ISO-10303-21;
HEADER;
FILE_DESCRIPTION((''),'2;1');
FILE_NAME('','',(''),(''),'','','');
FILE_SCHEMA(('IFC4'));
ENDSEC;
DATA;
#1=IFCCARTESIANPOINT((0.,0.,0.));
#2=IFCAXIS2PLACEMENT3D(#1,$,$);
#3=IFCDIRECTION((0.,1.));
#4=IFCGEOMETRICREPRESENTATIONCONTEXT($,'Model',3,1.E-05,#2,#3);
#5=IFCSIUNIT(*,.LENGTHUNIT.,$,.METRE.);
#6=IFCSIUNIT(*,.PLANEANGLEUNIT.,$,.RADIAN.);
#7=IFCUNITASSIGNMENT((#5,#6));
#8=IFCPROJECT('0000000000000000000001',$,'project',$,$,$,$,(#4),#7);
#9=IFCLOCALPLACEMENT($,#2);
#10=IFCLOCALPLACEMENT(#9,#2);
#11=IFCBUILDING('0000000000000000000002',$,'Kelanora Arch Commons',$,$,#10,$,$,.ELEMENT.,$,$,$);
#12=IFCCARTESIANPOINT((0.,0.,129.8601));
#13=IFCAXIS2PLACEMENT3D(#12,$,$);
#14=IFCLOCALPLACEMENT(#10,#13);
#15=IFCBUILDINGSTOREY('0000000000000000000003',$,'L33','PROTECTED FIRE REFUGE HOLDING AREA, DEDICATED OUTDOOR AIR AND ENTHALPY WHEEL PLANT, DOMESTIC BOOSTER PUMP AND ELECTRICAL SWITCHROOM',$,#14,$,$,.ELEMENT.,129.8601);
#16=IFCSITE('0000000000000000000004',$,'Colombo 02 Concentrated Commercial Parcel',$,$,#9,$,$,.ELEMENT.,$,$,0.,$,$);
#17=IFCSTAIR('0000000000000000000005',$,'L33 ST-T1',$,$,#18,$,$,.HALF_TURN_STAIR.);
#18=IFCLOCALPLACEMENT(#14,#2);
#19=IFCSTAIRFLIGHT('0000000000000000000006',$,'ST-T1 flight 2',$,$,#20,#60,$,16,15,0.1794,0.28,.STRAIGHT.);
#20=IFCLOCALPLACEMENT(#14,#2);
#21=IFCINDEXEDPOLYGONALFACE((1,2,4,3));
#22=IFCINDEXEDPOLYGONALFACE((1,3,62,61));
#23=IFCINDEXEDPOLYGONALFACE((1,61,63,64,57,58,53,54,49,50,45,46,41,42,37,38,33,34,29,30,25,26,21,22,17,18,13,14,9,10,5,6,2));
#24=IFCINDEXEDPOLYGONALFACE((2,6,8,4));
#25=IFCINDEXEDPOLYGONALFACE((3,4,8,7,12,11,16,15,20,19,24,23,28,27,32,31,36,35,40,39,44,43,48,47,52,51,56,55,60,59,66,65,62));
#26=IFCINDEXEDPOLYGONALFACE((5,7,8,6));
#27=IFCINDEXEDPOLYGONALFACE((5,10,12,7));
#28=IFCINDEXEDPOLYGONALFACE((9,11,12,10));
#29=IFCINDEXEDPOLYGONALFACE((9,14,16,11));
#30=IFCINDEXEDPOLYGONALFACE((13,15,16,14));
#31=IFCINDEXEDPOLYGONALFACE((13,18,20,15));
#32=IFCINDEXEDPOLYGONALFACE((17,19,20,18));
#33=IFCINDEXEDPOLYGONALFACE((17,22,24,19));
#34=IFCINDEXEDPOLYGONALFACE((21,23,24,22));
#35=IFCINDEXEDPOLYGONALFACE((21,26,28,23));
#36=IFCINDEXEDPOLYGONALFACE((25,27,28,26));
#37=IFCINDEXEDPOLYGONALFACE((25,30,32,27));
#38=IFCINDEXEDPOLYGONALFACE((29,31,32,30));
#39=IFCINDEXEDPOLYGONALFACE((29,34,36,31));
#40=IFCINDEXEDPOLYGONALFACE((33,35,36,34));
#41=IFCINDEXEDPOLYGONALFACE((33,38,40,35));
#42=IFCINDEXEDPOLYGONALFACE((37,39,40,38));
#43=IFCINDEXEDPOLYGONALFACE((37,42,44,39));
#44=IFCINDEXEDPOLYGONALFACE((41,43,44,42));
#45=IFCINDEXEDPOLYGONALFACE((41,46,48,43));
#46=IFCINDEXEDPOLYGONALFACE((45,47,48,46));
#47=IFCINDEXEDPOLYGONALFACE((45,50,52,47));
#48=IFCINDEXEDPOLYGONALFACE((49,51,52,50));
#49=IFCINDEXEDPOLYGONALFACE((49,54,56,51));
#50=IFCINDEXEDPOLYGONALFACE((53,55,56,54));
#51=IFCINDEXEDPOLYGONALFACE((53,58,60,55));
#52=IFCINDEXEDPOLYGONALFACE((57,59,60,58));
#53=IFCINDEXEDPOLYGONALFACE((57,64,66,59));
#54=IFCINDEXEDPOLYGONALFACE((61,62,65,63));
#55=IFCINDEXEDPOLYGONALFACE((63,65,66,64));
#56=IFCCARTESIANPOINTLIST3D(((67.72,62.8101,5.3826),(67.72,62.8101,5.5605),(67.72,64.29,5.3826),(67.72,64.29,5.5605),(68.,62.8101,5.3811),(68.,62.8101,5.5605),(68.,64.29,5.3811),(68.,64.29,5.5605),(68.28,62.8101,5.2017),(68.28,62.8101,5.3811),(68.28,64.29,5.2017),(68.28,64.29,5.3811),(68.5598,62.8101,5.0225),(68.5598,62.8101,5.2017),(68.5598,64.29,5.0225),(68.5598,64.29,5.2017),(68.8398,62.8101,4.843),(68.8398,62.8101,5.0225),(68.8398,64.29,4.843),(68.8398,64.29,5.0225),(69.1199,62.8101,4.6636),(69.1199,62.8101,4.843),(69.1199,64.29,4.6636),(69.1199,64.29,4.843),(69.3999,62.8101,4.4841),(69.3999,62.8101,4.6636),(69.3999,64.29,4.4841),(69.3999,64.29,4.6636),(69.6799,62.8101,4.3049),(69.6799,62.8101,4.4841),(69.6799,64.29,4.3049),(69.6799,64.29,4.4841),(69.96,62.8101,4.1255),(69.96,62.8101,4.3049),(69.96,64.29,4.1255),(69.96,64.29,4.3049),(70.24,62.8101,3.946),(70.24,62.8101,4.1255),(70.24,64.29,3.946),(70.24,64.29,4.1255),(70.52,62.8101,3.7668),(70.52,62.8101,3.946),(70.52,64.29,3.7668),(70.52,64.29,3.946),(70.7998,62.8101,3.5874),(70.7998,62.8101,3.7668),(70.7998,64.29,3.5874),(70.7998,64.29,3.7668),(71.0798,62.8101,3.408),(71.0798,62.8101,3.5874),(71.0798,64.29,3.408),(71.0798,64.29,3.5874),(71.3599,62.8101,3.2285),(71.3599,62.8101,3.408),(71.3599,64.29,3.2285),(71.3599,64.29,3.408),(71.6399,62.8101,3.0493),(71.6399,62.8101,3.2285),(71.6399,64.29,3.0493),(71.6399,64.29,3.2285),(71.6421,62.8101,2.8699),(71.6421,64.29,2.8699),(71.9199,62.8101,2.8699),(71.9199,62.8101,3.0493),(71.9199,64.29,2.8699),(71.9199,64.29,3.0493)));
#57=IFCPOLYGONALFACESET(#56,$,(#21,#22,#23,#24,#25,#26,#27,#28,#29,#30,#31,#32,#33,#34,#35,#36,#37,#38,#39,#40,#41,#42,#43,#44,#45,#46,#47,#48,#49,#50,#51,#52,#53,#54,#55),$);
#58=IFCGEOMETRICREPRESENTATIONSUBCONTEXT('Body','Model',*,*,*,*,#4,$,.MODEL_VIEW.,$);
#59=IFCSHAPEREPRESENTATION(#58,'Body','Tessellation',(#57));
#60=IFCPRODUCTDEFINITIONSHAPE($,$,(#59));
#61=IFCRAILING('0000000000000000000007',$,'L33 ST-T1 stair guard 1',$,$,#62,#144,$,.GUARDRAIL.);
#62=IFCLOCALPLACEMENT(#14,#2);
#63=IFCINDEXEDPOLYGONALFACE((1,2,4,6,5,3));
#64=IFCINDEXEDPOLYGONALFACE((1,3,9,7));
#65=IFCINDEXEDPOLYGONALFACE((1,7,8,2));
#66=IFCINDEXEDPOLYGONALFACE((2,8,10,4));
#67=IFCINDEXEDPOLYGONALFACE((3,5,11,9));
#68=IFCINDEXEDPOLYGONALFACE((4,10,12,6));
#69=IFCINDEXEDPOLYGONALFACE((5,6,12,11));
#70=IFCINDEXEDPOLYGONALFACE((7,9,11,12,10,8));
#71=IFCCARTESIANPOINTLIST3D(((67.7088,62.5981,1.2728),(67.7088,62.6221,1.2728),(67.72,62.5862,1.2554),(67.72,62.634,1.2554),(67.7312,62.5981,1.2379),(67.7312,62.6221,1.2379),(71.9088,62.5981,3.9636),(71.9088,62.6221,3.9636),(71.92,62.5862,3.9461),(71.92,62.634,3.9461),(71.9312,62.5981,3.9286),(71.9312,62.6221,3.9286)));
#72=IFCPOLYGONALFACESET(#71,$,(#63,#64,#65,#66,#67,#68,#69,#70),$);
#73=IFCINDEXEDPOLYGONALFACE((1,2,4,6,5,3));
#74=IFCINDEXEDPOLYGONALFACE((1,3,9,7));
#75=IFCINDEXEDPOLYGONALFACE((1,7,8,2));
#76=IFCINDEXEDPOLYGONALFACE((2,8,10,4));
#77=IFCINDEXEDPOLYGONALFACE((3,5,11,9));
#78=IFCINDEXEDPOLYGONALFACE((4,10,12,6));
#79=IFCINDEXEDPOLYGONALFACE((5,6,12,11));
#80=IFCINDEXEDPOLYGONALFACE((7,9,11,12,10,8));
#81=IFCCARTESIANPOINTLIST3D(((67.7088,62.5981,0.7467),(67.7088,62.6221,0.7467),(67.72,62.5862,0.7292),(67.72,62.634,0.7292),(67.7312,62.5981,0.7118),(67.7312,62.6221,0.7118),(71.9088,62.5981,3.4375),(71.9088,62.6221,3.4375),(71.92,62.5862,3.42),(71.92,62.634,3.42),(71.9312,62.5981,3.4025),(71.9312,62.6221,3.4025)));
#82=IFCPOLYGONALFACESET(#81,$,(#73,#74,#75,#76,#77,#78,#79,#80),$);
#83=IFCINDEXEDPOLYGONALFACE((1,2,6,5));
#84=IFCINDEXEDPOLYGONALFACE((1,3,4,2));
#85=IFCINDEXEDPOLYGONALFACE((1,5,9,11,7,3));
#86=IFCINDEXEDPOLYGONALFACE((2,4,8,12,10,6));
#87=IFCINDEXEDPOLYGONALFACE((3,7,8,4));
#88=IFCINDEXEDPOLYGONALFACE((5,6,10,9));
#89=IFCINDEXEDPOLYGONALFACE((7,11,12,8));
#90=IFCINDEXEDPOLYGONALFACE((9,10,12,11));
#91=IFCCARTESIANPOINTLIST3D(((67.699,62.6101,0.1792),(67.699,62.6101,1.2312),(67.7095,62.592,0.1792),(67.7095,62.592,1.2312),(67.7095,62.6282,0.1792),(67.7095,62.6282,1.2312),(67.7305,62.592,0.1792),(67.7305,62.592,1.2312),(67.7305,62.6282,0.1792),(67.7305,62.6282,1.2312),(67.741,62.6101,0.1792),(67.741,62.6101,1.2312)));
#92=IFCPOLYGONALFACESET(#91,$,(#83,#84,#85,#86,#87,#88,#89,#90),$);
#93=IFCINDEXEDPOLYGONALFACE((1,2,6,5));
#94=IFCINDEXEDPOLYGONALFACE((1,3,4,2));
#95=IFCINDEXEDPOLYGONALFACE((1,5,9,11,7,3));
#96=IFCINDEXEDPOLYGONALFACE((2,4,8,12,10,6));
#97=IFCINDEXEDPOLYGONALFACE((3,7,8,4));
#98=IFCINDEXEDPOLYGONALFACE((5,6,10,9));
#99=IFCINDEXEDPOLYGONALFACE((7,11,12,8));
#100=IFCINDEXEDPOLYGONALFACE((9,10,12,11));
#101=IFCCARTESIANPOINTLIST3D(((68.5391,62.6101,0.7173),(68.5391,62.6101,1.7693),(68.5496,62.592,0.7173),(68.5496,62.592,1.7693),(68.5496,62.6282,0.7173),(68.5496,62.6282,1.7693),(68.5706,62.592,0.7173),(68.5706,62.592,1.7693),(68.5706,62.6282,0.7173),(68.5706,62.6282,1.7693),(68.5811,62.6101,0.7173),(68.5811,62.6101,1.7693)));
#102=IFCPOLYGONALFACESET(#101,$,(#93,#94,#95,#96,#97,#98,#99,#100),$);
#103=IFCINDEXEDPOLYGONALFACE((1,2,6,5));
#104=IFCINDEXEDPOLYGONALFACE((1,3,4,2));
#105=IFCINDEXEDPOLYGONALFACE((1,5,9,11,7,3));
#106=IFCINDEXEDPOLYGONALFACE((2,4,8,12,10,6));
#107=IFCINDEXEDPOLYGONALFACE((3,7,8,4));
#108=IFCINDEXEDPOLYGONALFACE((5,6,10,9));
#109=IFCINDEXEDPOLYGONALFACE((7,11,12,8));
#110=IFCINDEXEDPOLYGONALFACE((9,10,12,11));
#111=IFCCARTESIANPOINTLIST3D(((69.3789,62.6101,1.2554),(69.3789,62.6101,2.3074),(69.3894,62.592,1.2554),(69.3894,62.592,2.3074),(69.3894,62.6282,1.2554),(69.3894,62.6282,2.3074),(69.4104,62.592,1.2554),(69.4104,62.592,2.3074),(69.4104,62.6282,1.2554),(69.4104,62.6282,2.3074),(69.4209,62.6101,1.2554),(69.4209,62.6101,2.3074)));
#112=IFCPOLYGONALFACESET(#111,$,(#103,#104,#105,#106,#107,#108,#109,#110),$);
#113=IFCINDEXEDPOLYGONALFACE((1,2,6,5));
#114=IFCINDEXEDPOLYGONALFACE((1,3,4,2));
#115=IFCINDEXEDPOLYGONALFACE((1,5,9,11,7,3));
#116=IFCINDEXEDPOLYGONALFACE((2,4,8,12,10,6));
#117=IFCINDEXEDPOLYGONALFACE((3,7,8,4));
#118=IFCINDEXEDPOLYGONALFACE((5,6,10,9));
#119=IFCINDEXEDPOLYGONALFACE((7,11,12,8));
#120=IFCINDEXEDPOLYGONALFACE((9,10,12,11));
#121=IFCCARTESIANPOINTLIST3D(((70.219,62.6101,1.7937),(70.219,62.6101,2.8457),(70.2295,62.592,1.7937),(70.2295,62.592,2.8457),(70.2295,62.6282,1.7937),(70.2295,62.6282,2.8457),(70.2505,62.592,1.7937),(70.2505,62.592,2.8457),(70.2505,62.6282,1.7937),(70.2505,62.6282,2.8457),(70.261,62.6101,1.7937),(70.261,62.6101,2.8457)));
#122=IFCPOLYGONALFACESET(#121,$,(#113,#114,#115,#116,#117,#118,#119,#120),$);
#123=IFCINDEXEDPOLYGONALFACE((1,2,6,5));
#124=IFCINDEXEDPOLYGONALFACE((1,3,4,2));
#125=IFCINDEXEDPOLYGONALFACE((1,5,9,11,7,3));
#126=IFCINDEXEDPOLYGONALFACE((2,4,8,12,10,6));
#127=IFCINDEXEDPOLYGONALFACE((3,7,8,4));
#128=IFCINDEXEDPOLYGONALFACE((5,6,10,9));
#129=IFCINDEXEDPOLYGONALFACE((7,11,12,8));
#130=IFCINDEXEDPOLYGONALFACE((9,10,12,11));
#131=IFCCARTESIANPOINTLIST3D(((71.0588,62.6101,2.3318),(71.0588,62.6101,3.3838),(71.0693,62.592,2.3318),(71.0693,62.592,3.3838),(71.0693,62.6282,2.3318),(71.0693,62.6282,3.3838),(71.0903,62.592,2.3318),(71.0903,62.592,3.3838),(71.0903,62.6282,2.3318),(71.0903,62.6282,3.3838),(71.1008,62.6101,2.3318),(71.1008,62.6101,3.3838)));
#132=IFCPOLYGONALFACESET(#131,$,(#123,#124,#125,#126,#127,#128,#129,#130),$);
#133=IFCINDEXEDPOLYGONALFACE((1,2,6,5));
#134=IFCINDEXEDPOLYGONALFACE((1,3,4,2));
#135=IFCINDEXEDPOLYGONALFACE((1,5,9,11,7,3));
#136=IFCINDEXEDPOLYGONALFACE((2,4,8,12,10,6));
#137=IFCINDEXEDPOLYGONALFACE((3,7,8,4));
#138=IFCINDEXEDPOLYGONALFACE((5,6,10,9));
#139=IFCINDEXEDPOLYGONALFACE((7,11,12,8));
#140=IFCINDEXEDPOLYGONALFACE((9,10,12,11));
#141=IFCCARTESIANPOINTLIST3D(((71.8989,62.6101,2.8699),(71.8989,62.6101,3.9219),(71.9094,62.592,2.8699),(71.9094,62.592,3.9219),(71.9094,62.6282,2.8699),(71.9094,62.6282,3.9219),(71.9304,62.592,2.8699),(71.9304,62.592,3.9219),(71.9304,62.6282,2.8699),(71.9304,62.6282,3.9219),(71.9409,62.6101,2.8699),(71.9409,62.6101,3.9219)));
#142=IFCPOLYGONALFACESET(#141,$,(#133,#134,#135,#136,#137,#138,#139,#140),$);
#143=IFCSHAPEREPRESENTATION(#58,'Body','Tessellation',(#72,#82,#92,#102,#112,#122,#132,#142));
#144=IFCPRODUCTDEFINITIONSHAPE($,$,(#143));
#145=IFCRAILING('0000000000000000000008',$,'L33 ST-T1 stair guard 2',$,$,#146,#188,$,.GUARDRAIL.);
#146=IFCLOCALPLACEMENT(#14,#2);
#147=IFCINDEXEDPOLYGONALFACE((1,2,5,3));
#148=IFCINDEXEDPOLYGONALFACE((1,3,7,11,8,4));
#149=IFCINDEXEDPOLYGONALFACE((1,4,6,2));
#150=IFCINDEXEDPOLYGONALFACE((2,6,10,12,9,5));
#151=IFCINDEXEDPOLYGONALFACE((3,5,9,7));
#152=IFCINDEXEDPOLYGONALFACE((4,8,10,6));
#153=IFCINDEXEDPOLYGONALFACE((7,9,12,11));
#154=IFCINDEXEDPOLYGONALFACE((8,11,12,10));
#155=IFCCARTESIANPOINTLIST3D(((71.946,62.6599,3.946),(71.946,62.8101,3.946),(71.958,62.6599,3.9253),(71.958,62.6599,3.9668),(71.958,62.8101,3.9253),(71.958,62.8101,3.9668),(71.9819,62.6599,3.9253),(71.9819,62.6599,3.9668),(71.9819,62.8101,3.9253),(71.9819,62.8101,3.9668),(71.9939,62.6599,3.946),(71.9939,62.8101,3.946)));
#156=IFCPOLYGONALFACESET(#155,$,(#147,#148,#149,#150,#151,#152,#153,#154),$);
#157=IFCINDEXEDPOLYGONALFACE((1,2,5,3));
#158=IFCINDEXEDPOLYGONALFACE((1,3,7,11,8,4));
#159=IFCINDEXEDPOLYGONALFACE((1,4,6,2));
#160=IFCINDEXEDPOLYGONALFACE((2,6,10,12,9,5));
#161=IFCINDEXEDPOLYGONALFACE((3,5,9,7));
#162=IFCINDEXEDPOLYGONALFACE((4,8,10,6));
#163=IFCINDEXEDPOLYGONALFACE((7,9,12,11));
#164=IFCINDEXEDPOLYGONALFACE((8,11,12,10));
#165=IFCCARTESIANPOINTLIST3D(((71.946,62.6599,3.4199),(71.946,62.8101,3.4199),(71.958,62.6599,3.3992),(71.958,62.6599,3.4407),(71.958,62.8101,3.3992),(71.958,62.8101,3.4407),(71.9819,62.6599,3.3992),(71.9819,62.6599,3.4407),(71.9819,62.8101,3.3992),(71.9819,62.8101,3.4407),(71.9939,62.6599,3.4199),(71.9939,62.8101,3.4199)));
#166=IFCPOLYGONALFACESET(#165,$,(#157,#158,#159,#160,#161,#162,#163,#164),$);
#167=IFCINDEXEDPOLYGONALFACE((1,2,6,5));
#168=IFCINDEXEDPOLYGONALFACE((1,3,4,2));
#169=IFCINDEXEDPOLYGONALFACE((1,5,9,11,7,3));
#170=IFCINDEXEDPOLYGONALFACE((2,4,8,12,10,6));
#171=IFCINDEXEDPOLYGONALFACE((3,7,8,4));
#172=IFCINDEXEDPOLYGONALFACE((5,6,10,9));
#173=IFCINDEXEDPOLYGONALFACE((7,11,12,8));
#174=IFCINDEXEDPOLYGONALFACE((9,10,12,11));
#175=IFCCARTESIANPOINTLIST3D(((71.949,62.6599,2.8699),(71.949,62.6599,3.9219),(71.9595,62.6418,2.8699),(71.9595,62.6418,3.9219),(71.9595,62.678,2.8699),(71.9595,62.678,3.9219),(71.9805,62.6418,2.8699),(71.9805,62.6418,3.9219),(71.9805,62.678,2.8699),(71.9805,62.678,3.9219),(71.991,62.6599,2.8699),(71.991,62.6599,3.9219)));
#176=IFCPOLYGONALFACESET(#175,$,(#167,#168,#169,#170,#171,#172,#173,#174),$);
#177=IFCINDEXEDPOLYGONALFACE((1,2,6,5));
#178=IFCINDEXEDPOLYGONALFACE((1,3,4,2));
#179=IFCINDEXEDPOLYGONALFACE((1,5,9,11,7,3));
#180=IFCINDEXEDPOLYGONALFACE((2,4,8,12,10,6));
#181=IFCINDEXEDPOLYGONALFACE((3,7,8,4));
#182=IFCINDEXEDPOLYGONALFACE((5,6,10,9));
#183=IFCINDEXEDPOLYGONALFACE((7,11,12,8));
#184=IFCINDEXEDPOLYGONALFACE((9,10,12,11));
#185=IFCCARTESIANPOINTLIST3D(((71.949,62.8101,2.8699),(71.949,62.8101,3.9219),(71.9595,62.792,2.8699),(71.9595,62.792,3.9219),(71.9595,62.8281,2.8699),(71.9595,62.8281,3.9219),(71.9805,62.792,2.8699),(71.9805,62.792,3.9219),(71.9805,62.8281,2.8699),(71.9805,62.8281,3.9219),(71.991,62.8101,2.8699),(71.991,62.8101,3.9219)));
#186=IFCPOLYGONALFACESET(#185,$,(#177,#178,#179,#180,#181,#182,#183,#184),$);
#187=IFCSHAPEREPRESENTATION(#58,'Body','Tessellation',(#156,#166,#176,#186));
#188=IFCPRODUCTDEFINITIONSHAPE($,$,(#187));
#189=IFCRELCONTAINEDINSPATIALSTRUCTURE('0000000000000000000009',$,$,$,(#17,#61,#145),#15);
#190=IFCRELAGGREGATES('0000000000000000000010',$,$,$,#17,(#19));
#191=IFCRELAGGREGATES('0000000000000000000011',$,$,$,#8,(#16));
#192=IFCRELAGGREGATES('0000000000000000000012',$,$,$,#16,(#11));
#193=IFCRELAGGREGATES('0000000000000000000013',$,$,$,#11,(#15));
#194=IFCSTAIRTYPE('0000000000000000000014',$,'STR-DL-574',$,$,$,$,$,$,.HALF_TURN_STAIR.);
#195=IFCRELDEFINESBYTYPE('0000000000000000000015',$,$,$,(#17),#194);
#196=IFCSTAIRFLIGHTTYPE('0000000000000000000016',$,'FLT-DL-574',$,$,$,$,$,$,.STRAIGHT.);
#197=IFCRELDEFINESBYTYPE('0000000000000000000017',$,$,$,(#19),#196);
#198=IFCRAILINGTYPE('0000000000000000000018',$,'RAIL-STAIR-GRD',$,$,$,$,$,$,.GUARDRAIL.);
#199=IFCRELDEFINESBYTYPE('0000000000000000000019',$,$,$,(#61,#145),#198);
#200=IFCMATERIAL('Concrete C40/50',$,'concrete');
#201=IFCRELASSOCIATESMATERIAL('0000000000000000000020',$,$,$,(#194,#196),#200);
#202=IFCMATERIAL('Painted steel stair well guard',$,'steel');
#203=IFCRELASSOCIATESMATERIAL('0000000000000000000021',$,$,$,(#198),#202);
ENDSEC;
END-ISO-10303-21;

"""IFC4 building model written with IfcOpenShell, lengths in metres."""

from ifc_helpers import new_model, si_unit, direction, frame, origin, place, context, subcontext, project, spatial, polyline, outline, extrude, material, type_object, element, aggregate, save


model = new_model("IFC4")

# Units and contexts
model_context = context("Model", 3, precision=1e-05, world=origin(), true_north=direction((0.0, 1.0)))
body_context = subcontext(model_context, "Body", "Model", "MODEL_VIEW")
ifc_project = project(units=[si_unit("LENGTHUNIT", "METRE"), si_unit("PLANEANGLEUNIT", "RADIAN")], contexts=[model_context])

# Site, building, storey
site_placement = place(None, origin())
site = spatial("IfcSite", under=ifc_project, at=site_placement, Name="Colombo 02 Concentrated Commercial Parcel", CompositionType="ELEMENT", RefElevation=0.0)
building_placement = place(site_placement, origin())
building = spatial("IfcBuilding", under=site, at=building_placement, Name="Kelanora Arch Commons", CompositionType="ELEMENT")
storey_placement = place(building_placement, frame((0.0, 0.0, 129.8601)))
storey = spatial("IfcBuildingStorey", under=building, at=storey_placement, Name="L33", Description="PROTECTED FIRE REFUGE HOLDING AREA, DEDICATED OUTDOOR AIR AND ENTHALPY WHEEL PLANT, DOMESTIC BOOSTER PUMP AND ELECTRICAL SWITCHROOM", CompositionType="ELEMENT", Elevation=129.8601)

# Shared definitions
ifc_material_1 = material(Name="Concrete C40/50", Category="concrete")

# Stair, stair flight
stair_type = type_object("IfcStairType", Name="STR-DL-574", PredefinedType="HALF_TURN_STAIR", material=ifc_material_1)
stair_placement = place(storey_placement, origin())
stair = element("IfcStair", 1, at=stair_placement, inside=storey, type_object=stair_type, Name="L33 ST-T1", PredefinedType="HALF_TURN_STAIR")
stair_flight_type = type_object("IfcStairFlightType", Name="FLT-DL-574", PredefinedType="STRAIGHT", material=ifc_material_1)
stair_flight_1_placement = place(storey_placement, frame((71.9199, 63.55, 2.8699), z_axis=(0.0, 0.0, 1.0), x_axis=(-1.0, 0.0, 0.0)))
stair_flight_1 = element("IfcStairFlight", 2, at=stair_flight_1_placement, type_object=stair_flight_type, Name="ST-T1 flight 2", NumberOfRisers=16, NumberOfTreads=15, PredefinedType="STRAIGHT", RiserHeight=0.1794, TreadLength=0.28, context=body_context, shape_type="SweptSolid", body=[
    extrude(outline(polyline([(0.0, 0.0), (0.0, 0.1794), (0.28, 0.1794), (0.28, 0.3586), (0.5601, 0.3586), (0.5601, 0.5381), (0.8401, 0.5381), (0.8401, 0.7175), (1.1201, 0.7175), (1.1201, 0.897), (1.3999, 0.897), (1.3999, 1.0762), (1.6799, 1.0762), (1.6799, 1.2556), (1.96, 1.2556), (1.96, 1.4351), (2.24, 1.4351), (2.24, 1.6143), (2.52, 1.6143), (2.52, 1.7937), (2.8, 1.7937), (2.8, 1.9731), (3.0801, 1.9731), (3.0801, 2.1526), (3.3601, 2.1526), (3.3601, 2.3318), (3.6399, 2.3318), (3.6399, 2.5112), (3.9199, 2.5112), (3.9199, 2.6907), (4.2, 2.6907), (4.2, 2.8701), (4.2, 2.5127), (0.2778, 0.0), (0.0, 0.0)])), frame((0.0, 0.74, 0.0), z_axis=(0.0, -1.0, 0.0), x_axis=(1.0, 0.0, 0.0)), (0.0, 0.0, 1.0), 1.48),
])
aggregate(stair, [stair_flight_1])

# Railings
ifc_material_2 = material(Name="Painted steel stair well guard", Category="steel")
railing_type_1 = type_object("IfcRailingType", Name="RAIL-STAIR-GRD", PredefinedType="GUARDRAIL", material=ifc_material_2)
railing_1_placement = place(storey_placement, frame((67.72, 62.6101, 0.1792)))
element("IfcRailing", 3, at=railing_1_placement, inside=storey, type_object=railing_type_1, Name="L33 ST-T1 stair guard 1", PredefinedType="GUARDRAIL", context=body_context, shape_type="SweptSolid", body=[
    extrude(outline(polyline([(0.0239, 0.0), (0.012, 0.0208), (-0.012, 0.0208), (-0.0239, 0.0), (-0.012, -0.0208), (0.012, -0.0208), (0.0239, 0.0)])), frame((0.0, 0.0, 1.0762), z_axis=(0.842025, 0.0, 0.539438), x_axis=(0.0, 1.0, 0.0)), (0.0, 0.0, 1.0), 4.988),
    extrude(outline(polyline([(0.0239, 0.0), (0.012, 0.0208), (-0.012, 0.0208), (-0.0239, 0.0), (-0.012, -0.0208), (0.012, -0.0208), (0.0239, 0.0)])), frame((0.0, 0.0, 0.55), z_axis=(0.842025, 0.0, 0.539438), x_axis=(0.0, 1.0, 0.0)), (0.0, 0.0, 1.0), 4.988),
    extrude(outline(polyline([(0.021, 0.0), (0.0105, 0.0181), (-0.0105, 0.0181), (-0.021, 0.0), (-0.0105, -0.0181), (0.0105, -0.0181), (0.021, 0.0)])), origin(), (0.0, 0.0, 1.0), 1.052),
    extrude(outline(polyline([(0.021, 0.0), (0.0105, 0.0181), (-0.0105, 0.0181), (-0.021, 0.0), (-0.0105, -0.0181), (0.0105, -0.0181), (0.021, 0.0)])), frame((0.8401, 0.0, 0.5381)), (0.0, 0.0, 1.0), 1.052),
    extrude(outline(polyline([(0.021, 0.0), (0.0105, 0.0181), (-0.0105, 0.0181), (-0.021, 0.0), (-0.0105, -0.0181), (0.0105, -0.0181), (0.021, 0.0)])), frame((1.6799, 0.0, 1.0762)), (0.0, 0.0, 1.0), 1.052),
    extrude(outline(polyline([(0.021, 0.0), (0.0105, 0.0181), (-0.0105, 0.0181), (-0.021, 0.0), (-0.0105, -0.0181), (0.0105, -0.0181), (0.021, 0.0)])), frame((2.52, 0.0, 1.6145)), (0.0, 0.0, 1.0), 1.052),
    extrude(outline(polyline([(0.021, 0.0), (0.0105, 0.0181), (-0.0105, 0.0181), (-0.021, 0.0), (-0.0105, -0.0181), (0.0105, -0.0181), (0.021, 0.0)])), frame((3.3599, 0.0, 2.1526)), (0.0, 0.0, 1.0), 1.052),
    extrude(outline(polyline([(0.021, 0.0), (0.0105, 0.0181), (-0.0105, 0.0181), (-0.021, 0.0), (-0.0105, -0.0181), (0.0105, -0.0181), (0.021, 0.0)])), frame((4.2, 0.0, 2.6907)), (0.0, 0.0, 1.0), 1.052),
])
railing_2_placement = place(storey_placement, frame((71.97, 62.6599, 2.8699)))
element("IfcRailing", 4, at=railing_2_placement, inside=storey, type_object=railing_type_1, Name="L33 ST-T1 stair guard 2", PredefinedType="GUARDRAIL", context=body_context, shape_type="SweptSolid", body=[
    extrude(outline(polyline([(0.0239, 0.0), (0.012, 0.0208), (-0.012, 0.0208), (-0.0239, 0.0), (-0.012, -0.0208), (0.012, -0.0208), (0.0239, 0.0)])), frame((0.0, 0.0, 1.0762), z_axis=(0.0, 1.0, 0.0), x_axis=(-1.0, 0.0, 0.0)), (0.0, 0.0, 1.0), 0.1501),
    extrude(outline(polyline([(0.0239, 0.0), (0.012, 0.0208), (-0.012, 0.0208), (-0.0239, 0.0), (-0.012, -0.0208), (0.012, -0.0208), (0.0239, 0.0)])), frame((0.0, 0.0, 0.55), z_axis=(0.0, 1.0, 0.0), x_axis=(-1.0, 0.0, 0.0)), (0.0, 0.0, 1.0), 0.1501),
    extrude(outline(polyline([(0.021, 0.0), (0.0105, 0.0181), (-0.0105, 0.0181), (-0.021, 0.0), (-0.0105, -0.0181), (0.0105, -0.0181), (0.021, 0.0)])), origin(), (0.0, 0.0, 1.0), 1.052),
    extrude(outline(polyline([(0.021, 0.0), (0.0105, 0.0181), (-0.0105, 0.0181), (-0.021, 0.0), (-0.0105, -0.0181), (0.0105, -0.0181), (0.021, 0.0)])), frame((0.0, 0.1501, 0.0)), (0.0, 0.0, 1.0), 1.052),
])

save(model, "model.ifc")
